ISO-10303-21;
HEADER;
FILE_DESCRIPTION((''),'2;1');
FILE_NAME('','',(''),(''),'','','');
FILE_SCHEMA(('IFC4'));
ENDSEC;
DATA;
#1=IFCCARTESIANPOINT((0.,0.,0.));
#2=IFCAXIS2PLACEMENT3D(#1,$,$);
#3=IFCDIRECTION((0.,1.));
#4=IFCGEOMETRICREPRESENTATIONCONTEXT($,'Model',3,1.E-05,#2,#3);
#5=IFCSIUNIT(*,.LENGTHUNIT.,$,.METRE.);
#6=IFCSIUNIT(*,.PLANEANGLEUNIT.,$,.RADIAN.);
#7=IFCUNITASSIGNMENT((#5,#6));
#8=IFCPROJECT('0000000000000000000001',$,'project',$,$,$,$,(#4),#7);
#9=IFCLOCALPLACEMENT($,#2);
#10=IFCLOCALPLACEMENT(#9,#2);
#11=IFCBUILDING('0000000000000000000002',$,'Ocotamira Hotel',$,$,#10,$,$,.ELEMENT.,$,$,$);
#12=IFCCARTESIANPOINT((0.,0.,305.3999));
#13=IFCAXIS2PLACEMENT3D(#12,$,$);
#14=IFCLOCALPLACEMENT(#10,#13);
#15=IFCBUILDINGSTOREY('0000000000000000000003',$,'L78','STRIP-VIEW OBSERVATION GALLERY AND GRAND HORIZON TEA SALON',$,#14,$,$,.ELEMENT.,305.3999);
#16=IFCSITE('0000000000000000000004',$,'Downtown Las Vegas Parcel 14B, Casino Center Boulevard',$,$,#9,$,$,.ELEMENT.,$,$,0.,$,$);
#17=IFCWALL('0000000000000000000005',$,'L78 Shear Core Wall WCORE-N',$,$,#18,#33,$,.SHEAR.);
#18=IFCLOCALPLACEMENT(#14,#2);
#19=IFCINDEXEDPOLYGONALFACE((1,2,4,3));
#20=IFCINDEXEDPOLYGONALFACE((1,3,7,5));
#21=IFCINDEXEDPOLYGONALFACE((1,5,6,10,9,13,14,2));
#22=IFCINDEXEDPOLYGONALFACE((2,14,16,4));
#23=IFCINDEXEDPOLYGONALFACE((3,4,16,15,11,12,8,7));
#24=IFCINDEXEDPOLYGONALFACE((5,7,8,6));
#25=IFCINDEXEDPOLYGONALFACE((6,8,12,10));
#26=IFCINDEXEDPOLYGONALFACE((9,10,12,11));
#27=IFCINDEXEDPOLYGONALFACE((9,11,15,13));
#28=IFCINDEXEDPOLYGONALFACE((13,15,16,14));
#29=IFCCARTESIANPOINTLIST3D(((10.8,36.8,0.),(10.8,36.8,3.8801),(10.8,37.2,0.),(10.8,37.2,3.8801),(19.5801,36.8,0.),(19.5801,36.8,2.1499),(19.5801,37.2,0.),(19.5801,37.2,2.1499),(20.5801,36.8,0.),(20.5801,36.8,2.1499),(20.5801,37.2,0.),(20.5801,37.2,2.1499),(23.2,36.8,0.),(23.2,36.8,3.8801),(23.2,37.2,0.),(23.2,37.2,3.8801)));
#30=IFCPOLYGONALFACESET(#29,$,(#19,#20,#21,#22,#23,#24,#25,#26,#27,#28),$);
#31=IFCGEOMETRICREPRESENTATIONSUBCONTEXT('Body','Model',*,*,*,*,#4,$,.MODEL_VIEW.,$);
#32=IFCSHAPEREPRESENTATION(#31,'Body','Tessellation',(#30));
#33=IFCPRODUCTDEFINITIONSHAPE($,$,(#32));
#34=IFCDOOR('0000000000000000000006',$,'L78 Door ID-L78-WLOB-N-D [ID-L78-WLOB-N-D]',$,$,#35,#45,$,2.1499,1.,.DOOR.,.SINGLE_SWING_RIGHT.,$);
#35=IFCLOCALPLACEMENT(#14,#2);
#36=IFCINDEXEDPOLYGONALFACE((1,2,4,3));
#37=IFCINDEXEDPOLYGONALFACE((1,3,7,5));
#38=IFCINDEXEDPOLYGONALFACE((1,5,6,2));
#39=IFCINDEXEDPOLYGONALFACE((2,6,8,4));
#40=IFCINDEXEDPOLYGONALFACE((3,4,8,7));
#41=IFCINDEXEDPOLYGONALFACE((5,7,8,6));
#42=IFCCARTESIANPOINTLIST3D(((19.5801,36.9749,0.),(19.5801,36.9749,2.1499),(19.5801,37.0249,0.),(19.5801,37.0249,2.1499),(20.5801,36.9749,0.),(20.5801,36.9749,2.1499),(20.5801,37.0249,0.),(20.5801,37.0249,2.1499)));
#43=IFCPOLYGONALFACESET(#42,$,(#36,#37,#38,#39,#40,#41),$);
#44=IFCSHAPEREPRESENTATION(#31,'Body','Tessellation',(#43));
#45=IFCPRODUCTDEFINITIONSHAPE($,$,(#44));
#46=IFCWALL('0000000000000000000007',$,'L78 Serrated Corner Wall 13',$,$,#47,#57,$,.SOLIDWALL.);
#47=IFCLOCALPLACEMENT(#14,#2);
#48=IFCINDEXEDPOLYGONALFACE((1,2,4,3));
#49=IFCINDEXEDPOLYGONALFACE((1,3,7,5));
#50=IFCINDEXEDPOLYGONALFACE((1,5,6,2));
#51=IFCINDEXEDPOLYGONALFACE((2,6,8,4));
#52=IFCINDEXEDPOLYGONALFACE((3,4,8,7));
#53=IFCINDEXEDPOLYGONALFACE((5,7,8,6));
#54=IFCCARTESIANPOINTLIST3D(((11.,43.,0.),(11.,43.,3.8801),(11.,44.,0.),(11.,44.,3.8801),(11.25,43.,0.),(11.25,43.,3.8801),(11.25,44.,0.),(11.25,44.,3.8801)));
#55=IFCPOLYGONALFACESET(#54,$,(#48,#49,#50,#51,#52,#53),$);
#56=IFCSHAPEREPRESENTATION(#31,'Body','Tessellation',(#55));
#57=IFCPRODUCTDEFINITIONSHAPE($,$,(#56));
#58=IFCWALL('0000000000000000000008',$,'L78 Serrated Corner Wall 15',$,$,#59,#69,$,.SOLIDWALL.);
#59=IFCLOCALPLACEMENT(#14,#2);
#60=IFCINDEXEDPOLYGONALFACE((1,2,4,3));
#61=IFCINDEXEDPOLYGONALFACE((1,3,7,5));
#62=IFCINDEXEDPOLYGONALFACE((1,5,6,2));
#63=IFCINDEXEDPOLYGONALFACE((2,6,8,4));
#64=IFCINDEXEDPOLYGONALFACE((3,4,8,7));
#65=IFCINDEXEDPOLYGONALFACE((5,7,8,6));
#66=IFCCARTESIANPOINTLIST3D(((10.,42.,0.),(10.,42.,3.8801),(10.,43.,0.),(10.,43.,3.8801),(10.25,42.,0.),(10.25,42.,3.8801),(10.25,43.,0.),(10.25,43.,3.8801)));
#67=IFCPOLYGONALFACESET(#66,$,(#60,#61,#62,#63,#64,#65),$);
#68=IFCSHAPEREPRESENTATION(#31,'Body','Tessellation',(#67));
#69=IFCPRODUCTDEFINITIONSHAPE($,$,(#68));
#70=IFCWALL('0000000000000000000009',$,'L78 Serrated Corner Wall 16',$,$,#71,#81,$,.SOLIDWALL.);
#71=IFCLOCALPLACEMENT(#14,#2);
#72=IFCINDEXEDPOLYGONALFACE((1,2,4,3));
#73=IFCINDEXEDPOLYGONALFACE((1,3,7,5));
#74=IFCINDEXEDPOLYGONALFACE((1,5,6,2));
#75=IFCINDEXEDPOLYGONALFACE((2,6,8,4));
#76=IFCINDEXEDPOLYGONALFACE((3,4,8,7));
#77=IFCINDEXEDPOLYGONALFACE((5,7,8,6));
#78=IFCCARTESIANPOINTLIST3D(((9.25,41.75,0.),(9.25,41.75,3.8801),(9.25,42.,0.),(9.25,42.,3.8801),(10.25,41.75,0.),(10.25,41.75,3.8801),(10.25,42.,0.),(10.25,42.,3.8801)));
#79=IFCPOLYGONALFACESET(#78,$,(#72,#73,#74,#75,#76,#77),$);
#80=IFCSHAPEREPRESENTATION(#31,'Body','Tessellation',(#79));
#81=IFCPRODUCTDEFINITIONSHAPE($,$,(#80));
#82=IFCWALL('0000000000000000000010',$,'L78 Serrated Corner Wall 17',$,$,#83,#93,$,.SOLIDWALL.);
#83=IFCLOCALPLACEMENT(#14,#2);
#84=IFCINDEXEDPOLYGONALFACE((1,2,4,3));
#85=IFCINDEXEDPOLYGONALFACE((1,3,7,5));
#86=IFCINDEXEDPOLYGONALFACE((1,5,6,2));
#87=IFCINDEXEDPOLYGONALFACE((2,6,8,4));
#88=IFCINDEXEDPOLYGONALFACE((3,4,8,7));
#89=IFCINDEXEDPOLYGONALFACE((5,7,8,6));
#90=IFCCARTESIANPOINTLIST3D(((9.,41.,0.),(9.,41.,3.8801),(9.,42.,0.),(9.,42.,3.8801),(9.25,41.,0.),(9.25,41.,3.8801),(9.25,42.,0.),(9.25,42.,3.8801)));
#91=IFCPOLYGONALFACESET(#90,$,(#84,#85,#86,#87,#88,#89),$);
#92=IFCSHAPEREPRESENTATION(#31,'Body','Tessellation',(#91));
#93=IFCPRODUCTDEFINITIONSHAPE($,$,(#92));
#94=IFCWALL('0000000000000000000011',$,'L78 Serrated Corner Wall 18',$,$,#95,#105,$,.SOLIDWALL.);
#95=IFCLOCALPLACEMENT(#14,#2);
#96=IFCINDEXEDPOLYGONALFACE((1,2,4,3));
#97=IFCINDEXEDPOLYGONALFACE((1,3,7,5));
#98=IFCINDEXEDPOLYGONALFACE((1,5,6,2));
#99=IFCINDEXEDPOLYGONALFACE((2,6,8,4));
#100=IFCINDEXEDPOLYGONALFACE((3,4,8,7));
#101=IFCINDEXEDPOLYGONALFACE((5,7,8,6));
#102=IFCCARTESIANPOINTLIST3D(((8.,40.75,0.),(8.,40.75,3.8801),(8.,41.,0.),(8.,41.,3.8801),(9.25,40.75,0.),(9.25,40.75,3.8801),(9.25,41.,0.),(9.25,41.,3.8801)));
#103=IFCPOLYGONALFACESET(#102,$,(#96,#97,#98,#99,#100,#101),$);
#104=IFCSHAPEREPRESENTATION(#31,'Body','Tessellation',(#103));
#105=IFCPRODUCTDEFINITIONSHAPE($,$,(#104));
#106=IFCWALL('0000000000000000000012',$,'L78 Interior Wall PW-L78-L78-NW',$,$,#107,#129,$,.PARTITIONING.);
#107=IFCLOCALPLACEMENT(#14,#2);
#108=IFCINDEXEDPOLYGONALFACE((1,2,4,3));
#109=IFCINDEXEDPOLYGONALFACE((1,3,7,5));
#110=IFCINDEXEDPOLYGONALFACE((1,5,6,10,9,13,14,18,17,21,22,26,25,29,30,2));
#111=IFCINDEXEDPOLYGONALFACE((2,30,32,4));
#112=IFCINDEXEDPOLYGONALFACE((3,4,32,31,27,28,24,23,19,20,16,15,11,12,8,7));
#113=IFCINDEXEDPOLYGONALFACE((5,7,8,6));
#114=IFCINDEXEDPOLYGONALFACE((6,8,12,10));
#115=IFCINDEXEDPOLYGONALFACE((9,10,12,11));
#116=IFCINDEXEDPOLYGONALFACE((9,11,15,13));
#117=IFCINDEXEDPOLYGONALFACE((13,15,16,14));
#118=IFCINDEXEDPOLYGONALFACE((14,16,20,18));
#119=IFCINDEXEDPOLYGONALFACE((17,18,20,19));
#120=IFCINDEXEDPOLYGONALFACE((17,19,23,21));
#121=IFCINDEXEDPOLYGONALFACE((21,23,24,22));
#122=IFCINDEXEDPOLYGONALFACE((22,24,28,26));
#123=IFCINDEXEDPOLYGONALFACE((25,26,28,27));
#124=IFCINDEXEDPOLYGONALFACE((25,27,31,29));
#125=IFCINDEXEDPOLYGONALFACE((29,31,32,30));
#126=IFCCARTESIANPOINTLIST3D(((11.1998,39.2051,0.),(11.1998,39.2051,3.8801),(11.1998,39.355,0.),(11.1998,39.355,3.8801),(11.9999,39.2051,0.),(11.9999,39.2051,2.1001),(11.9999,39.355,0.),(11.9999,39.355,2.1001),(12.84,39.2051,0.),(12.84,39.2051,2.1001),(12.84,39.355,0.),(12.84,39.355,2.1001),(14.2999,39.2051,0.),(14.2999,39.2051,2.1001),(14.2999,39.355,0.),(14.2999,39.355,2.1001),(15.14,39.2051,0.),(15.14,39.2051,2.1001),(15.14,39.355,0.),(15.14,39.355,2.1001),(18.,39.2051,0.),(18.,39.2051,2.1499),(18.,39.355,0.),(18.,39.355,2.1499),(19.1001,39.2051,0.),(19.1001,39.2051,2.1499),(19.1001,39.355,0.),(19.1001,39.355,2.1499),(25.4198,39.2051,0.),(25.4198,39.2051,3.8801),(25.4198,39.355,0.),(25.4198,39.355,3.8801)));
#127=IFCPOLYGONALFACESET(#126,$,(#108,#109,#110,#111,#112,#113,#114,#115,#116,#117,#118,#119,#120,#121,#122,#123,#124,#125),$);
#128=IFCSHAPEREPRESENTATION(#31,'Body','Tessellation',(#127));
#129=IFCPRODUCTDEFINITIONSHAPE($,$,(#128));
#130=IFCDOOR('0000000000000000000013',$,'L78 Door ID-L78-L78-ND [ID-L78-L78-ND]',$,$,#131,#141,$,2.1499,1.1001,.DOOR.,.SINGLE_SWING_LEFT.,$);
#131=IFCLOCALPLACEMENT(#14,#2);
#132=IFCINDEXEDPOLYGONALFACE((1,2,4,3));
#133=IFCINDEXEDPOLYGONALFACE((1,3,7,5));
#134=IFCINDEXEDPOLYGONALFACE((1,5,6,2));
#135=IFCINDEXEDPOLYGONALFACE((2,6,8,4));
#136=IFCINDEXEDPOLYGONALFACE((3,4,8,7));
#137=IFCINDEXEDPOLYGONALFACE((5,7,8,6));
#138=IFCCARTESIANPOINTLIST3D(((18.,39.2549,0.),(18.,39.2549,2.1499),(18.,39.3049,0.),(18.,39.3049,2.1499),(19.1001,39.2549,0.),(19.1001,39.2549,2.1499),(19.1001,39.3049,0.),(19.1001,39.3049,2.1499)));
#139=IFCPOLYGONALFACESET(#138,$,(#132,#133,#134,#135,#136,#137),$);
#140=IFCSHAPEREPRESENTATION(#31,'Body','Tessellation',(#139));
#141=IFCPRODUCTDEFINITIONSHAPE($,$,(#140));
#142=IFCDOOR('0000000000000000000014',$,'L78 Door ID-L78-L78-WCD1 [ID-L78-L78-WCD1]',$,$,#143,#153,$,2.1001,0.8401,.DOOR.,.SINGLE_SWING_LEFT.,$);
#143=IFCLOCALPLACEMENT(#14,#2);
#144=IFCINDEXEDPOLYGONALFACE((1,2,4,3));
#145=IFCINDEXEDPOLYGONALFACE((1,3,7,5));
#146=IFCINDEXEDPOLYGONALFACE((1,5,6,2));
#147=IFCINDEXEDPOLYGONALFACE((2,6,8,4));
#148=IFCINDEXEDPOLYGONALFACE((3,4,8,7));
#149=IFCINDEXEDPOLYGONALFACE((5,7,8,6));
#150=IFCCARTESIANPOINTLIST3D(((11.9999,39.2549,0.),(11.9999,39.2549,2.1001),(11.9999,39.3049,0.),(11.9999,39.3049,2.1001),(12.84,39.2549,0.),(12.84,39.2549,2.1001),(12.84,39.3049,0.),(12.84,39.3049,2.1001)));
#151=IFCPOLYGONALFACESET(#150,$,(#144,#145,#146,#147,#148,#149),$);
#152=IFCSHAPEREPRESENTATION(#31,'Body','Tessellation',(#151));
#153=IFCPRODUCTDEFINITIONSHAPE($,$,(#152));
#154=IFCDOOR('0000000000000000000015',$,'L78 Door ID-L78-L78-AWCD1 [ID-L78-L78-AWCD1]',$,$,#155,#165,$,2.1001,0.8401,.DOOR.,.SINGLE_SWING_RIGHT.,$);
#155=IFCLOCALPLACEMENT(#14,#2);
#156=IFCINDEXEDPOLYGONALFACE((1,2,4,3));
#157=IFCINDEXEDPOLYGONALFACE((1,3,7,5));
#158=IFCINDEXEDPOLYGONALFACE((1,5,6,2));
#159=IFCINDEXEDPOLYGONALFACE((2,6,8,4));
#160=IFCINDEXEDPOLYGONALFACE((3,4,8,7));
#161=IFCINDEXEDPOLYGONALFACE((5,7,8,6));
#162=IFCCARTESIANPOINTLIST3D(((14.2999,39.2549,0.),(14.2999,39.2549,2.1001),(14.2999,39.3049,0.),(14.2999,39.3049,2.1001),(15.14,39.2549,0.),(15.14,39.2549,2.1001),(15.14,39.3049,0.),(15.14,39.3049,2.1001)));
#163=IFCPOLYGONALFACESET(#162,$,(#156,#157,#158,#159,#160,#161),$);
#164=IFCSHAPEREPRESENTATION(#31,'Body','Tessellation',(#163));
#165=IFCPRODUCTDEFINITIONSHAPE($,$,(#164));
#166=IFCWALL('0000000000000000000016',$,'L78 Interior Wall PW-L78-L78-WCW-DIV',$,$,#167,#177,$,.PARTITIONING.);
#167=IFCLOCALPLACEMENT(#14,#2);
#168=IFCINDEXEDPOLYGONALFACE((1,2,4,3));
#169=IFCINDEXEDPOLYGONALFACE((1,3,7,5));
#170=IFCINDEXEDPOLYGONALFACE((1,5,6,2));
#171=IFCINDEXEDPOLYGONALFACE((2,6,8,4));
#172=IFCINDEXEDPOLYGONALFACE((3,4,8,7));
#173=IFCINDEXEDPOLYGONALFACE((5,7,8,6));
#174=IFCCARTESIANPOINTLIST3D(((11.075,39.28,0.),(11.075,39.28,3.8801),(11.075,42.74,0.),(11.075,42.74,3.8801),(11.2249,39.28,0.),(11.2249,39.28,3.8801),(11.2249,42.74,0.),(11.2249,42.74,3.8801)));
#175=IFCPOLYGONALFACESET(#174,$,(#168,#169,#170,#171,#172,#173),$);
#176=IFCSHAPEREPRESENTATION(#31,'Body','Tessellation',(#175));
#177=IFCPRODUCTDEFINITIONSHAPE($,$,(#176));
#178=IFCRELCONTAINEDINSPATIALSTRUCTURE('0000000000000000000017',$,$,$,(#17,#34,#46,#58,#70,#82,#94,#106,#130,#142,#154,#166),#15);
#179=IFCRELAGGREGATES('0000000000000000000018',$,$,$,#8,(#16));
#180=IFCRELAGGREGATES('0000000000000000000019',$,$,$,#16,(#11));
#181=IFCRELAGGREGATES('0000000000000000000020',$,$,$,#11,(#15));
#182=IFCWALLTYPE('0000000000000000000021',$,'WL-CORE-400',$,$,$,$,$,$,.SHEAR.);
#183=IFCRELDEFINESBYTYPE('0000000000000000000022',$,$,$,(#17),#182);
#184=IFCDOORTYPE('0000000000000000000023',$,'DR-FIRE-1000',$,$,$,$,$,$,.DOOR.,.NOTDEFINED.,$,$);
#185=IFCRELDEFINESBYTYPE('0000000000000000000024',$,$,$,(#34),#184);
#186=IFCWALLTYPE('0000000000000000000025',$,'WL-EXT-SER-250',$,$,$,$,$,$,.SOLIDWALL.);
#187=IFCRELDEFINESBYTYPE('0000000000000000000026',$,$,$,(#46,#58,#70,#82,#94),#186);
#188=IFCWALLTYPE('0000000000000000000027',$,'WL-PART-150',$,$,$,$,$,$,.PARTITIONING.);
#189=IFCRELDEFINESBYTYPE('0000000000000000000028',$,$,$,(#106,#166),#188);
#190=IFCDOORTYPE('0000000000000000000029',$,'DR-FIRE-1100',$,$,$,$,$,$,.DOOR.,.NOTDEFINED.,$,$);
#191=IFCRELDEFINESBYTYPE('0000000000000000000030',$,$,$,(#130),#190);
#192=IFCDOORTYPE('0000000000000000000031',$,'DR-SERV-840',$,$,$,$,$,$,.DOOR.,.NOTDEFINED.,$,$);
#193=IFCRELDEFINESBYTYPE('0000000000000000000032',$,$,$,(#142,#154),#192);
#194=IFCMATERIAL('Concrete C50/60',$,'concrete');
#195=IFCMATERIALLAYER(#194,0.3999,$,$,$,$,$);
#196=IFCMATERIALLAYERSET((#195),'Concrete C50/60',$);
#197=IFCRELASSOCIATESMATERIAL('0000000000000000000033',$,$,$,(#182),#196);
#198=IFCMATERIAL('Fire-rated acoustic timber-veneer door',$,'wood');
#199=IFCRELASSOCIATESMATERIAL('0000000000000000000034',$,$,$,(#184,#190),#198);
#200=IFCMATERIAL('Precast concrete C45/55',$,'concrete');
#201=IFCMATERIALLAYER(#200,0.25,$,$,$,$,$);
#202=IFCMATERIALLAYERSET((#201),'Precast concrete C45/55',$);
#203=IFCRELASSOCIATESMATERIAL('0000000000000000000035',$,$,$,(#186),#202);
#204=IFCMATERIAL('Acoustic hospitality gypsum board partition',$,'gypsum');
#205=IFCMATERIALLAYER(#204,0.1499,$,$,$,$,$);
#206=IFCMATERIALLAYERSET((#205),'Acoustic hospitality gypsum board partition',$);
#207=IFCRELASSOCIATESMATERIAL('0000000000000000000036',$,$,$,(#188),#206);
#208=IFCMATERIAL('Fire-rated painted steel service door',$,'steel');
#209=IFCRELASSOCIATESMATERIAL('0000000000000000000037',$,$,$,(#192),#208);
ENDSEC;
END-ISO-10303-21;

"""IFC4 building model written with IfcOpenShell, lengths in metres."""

from ifc_helpers import new_model, si_unit, direction, frame, frame_2d, origin, place, context, subcontext, project, spatial, rectangle, extrude, source, transform, mapped, material, layer, layer_set, type_object, element, fill, save


model = new_model("IFC4")

# Units and contexts
model_context = context("Model", 3, precision=1e-05, world=origin(), true_north=direction((0.0, 1.0)))
body_context = subcontext(model_context, "Body", "Model", "MODEL_VIEW")
ifc_project = project(units=[si_unit("LENGTHUNIT", "METRE"), si_unit("PLANEANGLEUNIT", "RADIAN")], contexts=[model_context])

# Site, building, storey
site_placement = place(None, origin())
site = spatial("IfcSite", under=ifc_project, at=site_placement, Name="Downtown Las Vegas Parcel 14B, Casino Center Boulevard", CompositionType="ELEMENT", RefElevation=0.0)
building_placement = place(site_placement, origin())
building = spatial("IfcBuilding", under=site, at=building_placement, Name="Ocotamira Hotel", CompositionType="ELEMENT")
storey_placement = place(building_placement, frame((0.0, 0.0, 305.3999)))
storey = spatial("IfcBuildingStorey", under=building, at=storey_placement, Name="L78", Description="STRIP-VIEW OBSERVATION GALLERY AND GRAND HORIZON TEA SALON", CompositionType="ELEMENT", Elevation=305.3999)

# Wall, opening, door
ifc_material_1 = material(Name="Concrete C50/60", Category="concrete")
ifc_layer_1 = layer(ifc_material_1, 0.3999)
ifc_layer_set_1 = layer_set([ifc_layer_1], Name="Concrete C50/60")
wall_type_1 = type_object("IfcWallType", Name="WL-CORE-400", PredefinedType="SHEAR", material=ifc_layer_set_1)
wall_1_placement = place(storey_placement, frame((10.8, 37.0, 0.0), z_axis=(0.0, 0.0, 1.0), x_axis=(1.0, 0.0, 0.0)))
wall_1 = element("IfcWall", 1, at=wall_1_placement, inside=storey, type_object=wall_type_1, Name="L78 Shear Core Wall WCORE-N", PredefinedType="SHEAR", context=body_context, shape_type="SweptSolid", body=[
    extrude(rectangle(XDim=12.3999, YDim=0.3999, at=frame_2d((6.2, 0.0))), origin(), (0.0, 0.0, 1.0), 3.8801),
])
opening_1_placement = place(wall_1_placement, frame((8.78, 0.0, 0.0)))
opening_1 = element("IfcOpeningElement", 2, at=opening_1_placement, cuts=wall_1, PredefinedType="OPENING", context=body_context, shape_type="SweptSolid", body=[
    extrude(rectangle(XDim=1.0, YDim=2.1499, at=frame_2d((0.5, 1.075))), frame((0.0, 0.21, 0.0), z_axis=(0.0, -1.0, 0.0), x_axis=(1.0, 0.0, 0.0)), (0.0, 0.0, 1.0), 0.4199),
])
ifc_material_2 = material(Name="Fire-rated acoustic timber-veneer door", Category="wood")
door_type_1 = type_object("IfcDoorType", Name="DR-FIRE-1000", OperationType="NOTDEFINED", PredefinedType="DOOR", material=ifc_material_2)
shared_shape_1 = source(origin(), body_context, "Body", "SweptSolid", [
    extrude(rectangle(XDim=1.0, YDim=2.1499, at=frame_2d((0.5, 1.075))), frame((0.0, 0.0249, 0.0), z_axis=(0.0, -1.0, 0.0), x_axis=(1.0, 0.0, 0.0)), (0.0, 0.0, 1.0), 0.05),
])
door_1_placement = place(opening_1_placement, origin())
door_1 = element("IfcDoor", 3, at=door_1_placement, inside=storey, type_object=door_type_1, Name="L78 Door ID-L78-WLOB-N-D [ID-L78-WLOB-N-D]", OperationType="SINGLE_SWING_RIGHT", OverallHeight=2.1499, OverallWidth=1.0, PredefinedType="DOOR", context=body_context, shape_type="MappedRepresentation", body=[
    mapped(shared_shape_1, transform((0.0, 0.0, 0.0), scale=1.0)),
])
fill(opening_1, door_1)

# Walls
ifc_material_3 = material(Name="Precast concrete C45/55", Category="concrete")
ifc_layer_2 = layer(ifc_material_3, 0.25)
ifc_layer_set_2 = layer_set([ifc_layer_2], Name="Precast concrete C45/55")
wall_type_2 = type_object("IfcWallType", Name="WL-EXT-SER-250", PredefinedType="SOLIDWALL", material=ifc_layer_set_2)
for number, where, z_axis, x_axis, name in (
    (4, (11.125, 44.0, 0.0), (0.0, 0.0, 1.0), (0.0, -1.0, 0.0), "L78 Serrated Corner Wall 13"),
    (5, (10.125, 43.0, 0.0), (0.0, 0.0, 1.0), (0.0, -1.0, 0.0), "L78 Serrated Corner Wall 15"),
    (6, (10.25, 41.875, 0.0), (0.0, 0.0, 1.0), (-1.0, 0.0, 0.0), "L78 Serrated Corner Wall 16"),
    (7, (9.125, 42.0, 0.0), (0.0, 0.0, 1.0), (0.0, -1.0, 0.0), "L78 Serrated Corner Wall 17"),
):
    element("IfcWall", number, at=place(storey_placement, frame(where, z_axis=z_axis, x_axis=x_axis)), inside=storey, type_object=wall_type_2, Name=name, PredefinedType="SOLIDWALL", context=body_context, shape_type="SweptSolid", body=[
        extrude(rectangle(XDim=1.0, YDim=0.25, at=frame_2d((0.5, 0.0))), origin(), (0.0, 0.0, 1.0), 3.8801),
    ])
wall_2_placement = place(storey_placement, frame((9.25, 40.875, 0.0), z_axis=(0.0, 0.0, 1.0), x_axis=(-1.0, 0.0, 0.0)))
element("IfcWall", 8, at=wall_2_placement, inside=storey, type_object=wall_type_2, Name="L78 Serrated Corner Wall 18", PredefinedType="SOLIDWALL", context=body_context, shape_type="SweptSolid", body=[
    extrude(rectangle(XDim=1.25, YDim=0.25, at=frame_2d((0.625, 0.0))), origin(), (0.0, 0.0, 1.0), 3.8801),
])

# Wall, openings, doors
ifc_material_4 = material(Name="Acoustic hospitality gypsum board partition", Category="gypsum")
ifc_layer_3 = layer(ifc_material_4, 0.1499)
ifc_layer_set_3 = layer_set([ifc_layer_3], Name="Acoustic hospitality gypsum board partition")
wall_type_3 = type_object("IfcWallType", Name="WL-PART-150", PredefinedType="PARTITIONING", material=ifc_layer_set_3)
wall_3_placement = place(storey_placement, frame((11.2, 39.28, 0.0), z_axis=(0.0, 0.0, 1.0), x_axis=(1.0, 0.0, 0.0)))
wall_3 = element("IfcWall", 9, at=wall_3_placement, inside=storey, type_object=wall_type_3, Name="L78 Interior Wall PW-L78-L78-NW", PredefinedType="PARTITIONING", context=body_context, shape_type="SweptSolid", body=[
    extrude(rectangle(XDim=14.22, YDim=0.1499, at=frame_2d((7.1099, 0.0))), origin(), (0.0, 0.0, 1.0), 3.8801),
])
opening_2_placement = place(wall_3_placement, frame((0.8, 0.0, 0.0)))
opening_2 = element("IfcOpeningElement", 10, at=opening_2_placement, cuts=wall_3, PredefinedType="OPENING", context=body_context, shape_type="SweptSolid", body=[
    extrude(rectangle(XDim=0.8401, YDim=2.1001, at=frame_2d((0.4199, 1.05))), frame((0.0, 0.085, 0.0), z_axis=(0.0, -1.0, 0.0), x_axis=(1.0, 0.0, 0.0)), (0.0, 0.0, 1.0), 0.1699),
])
opening_3_placement = place(wall_3_placement, frame((3.1001, 0.0, 0.0)))
opening_3 = element("IfcOpeningElement", 11, at=opening_3_placement, cuts=wall_3, PredefinedType="OPENING", context=body_context, shape_type="SweptSolid", body=[
    extrude(rectangle(XDim=0.8401, YDim=2.1001, at=frame_2d((0.4199, 1.05))), frame((0.0, 0.085, 0.0), z_axis=(0.0, -1.0, 0.0), x_axis=(1.0, 0.0, 0.0)), (0.0, 0.0, 1.0), 0.1699),
])
opening_4_placement = place(wall_3_placement, frame((6.8, 0.0, 0.0)))
opening_4 = element("IfcOpeningElement", 12, at=opening_4_placement, cuts=wall_3, PredefinedType="OPENING", context=body_context, shape_type="SweptSolid", body=[
    extrude(rectangle(XDim=1.1001, YDim=2.1499, at=frame_2d((0.55, 1.075))), frame((0.0, 0.085, 0.0), z_axis=(0.0, -1.0, 0.0), x_axis=(1.0, 0.0, 0.0)), (0.0, 0.0, 1.0), 0.1699),
])
door_type_2 = type_object("IfcDoorType", Name="DR-FIRE-1100", OperationType="NOTDEFINED", PredefinedType="DOOR", material=ifc_material_2)
shared_shape_2 = source(origin(), body_context, "Body", "SweptSolid", [
    extrude(rectangle(XDim=1.1001, YDim=2.1499, at=frame_2d((0.55, 1.075))), frame((0.0, 0.0249, 0.0), z_axis=(0.0, -1.0, 0.0), x_axis=(1.0, 0.0, 0.0)), (0.0, 0.0, 1.0), 0.05),
])
door_2_placement = place(opening_4_placement, origin())
door_2 = element("IfcDoor", 13, at=door_2_placement, inside=storey, type_object=door_type_2, Name="L78 Door ID-L78-L78-ND [ID-L78-L78-ND]", OperationType="SINGLE_SWING_LEFT", OverallHeight=2.1499, OverallWidth=1.1001, PredefinedType="DOOR", context=body_context, shape_type="MappedRepresentation", body=[
    mapped(shared_shape_2, transform((0.0, 0.0, 0.0), scale=1.0)),
])
fill(opening_4, door_2)
ifc_material_5 = material(Name="Fire-rated painted steel service door", Category="steel")
door_type_3 = type_object("IfcDoorType", Name="DR-SERV-840", OperationType="NOTDEFINED", PredefinedType="DOOR", material=ifc_material_5)
shared_shape_3 = source(origin(), body_context, "Body", "SweptSolid", [
    extrude(rectangle(XDim=0.8401, YDim=2.1001, at=frame_2d((0.4199, 1.05))), frame((0.0, 0.0249, 0.0), z_axis=(0.0, -1.0, 0.0), x_axis=(1.0, 0.0, 0.0)), (0.0, 0.0, 1.0), 0.05),
])
door_3_placement = place(opening_2_placement, origin())
door_3 = element("IfcDoor", 14, at=door_3_placement, inside=storey, type_object=door_type_3, Name="L78 Door ID-L78-L78-WCD1 [ID-L78-L78-WCD1]", OperationType="SINGLE_SWING_LEFT", OverallHeight=2.1001, OverallWidth=0.8401, PredefinedType="DOOR", context=body_context, shape_type="MappedRepresentation", body=[
    mapped(shared_shape_3, transform((0.0, 0.0, 0.0), scale=1.0)),
])
fill(opening_2, door_3)
door_4_placement = place(opening_3_placement, origin())
door_4 = element("IfcDoor", 15, at=door_4_placement, inside=storey, type_object=door_type_3, Name="L78 Door ID-L78-L78-AWCD1 [ID-L78-L78-AWCD1]", OperationType="SINGLE_SWING_RIGHT", OverallHeight=2.1001, OverallWidth=0.8401, PredefinedType="DOOR", context=body_context, shape_type="MappedRepresentation", body=[
    mapped(shared_shape_3, transform((0.0, 0.0, 0.0), scale=1.0)),
])
fill(opening_3, door_4)

# Wall
wall_4_placement = place(storey_placement, frame((11.1499, 39.28, 0.0), z_axis=(0.0, 0.0, 1.0), x_axis=(0.0, 1.0, 0.0)))
element("IfcWall", 16, at=wall_4_placement, inside=storey, type_object=wall_type_3, Name="L78 Interior Wall PW-L78-L78-WCW-DIV", PredefinedType="PARTITIONING", context=body_context, shape_type="SweptSolid", body=[
    extrude(rectangle(XDim=3.46, YDim=0.1499, at=frame_2d((1.73, 0.0))), origin(), (0.0, 0.0, 1.0), 3.8801),
])

save(model, "model.ifc")
